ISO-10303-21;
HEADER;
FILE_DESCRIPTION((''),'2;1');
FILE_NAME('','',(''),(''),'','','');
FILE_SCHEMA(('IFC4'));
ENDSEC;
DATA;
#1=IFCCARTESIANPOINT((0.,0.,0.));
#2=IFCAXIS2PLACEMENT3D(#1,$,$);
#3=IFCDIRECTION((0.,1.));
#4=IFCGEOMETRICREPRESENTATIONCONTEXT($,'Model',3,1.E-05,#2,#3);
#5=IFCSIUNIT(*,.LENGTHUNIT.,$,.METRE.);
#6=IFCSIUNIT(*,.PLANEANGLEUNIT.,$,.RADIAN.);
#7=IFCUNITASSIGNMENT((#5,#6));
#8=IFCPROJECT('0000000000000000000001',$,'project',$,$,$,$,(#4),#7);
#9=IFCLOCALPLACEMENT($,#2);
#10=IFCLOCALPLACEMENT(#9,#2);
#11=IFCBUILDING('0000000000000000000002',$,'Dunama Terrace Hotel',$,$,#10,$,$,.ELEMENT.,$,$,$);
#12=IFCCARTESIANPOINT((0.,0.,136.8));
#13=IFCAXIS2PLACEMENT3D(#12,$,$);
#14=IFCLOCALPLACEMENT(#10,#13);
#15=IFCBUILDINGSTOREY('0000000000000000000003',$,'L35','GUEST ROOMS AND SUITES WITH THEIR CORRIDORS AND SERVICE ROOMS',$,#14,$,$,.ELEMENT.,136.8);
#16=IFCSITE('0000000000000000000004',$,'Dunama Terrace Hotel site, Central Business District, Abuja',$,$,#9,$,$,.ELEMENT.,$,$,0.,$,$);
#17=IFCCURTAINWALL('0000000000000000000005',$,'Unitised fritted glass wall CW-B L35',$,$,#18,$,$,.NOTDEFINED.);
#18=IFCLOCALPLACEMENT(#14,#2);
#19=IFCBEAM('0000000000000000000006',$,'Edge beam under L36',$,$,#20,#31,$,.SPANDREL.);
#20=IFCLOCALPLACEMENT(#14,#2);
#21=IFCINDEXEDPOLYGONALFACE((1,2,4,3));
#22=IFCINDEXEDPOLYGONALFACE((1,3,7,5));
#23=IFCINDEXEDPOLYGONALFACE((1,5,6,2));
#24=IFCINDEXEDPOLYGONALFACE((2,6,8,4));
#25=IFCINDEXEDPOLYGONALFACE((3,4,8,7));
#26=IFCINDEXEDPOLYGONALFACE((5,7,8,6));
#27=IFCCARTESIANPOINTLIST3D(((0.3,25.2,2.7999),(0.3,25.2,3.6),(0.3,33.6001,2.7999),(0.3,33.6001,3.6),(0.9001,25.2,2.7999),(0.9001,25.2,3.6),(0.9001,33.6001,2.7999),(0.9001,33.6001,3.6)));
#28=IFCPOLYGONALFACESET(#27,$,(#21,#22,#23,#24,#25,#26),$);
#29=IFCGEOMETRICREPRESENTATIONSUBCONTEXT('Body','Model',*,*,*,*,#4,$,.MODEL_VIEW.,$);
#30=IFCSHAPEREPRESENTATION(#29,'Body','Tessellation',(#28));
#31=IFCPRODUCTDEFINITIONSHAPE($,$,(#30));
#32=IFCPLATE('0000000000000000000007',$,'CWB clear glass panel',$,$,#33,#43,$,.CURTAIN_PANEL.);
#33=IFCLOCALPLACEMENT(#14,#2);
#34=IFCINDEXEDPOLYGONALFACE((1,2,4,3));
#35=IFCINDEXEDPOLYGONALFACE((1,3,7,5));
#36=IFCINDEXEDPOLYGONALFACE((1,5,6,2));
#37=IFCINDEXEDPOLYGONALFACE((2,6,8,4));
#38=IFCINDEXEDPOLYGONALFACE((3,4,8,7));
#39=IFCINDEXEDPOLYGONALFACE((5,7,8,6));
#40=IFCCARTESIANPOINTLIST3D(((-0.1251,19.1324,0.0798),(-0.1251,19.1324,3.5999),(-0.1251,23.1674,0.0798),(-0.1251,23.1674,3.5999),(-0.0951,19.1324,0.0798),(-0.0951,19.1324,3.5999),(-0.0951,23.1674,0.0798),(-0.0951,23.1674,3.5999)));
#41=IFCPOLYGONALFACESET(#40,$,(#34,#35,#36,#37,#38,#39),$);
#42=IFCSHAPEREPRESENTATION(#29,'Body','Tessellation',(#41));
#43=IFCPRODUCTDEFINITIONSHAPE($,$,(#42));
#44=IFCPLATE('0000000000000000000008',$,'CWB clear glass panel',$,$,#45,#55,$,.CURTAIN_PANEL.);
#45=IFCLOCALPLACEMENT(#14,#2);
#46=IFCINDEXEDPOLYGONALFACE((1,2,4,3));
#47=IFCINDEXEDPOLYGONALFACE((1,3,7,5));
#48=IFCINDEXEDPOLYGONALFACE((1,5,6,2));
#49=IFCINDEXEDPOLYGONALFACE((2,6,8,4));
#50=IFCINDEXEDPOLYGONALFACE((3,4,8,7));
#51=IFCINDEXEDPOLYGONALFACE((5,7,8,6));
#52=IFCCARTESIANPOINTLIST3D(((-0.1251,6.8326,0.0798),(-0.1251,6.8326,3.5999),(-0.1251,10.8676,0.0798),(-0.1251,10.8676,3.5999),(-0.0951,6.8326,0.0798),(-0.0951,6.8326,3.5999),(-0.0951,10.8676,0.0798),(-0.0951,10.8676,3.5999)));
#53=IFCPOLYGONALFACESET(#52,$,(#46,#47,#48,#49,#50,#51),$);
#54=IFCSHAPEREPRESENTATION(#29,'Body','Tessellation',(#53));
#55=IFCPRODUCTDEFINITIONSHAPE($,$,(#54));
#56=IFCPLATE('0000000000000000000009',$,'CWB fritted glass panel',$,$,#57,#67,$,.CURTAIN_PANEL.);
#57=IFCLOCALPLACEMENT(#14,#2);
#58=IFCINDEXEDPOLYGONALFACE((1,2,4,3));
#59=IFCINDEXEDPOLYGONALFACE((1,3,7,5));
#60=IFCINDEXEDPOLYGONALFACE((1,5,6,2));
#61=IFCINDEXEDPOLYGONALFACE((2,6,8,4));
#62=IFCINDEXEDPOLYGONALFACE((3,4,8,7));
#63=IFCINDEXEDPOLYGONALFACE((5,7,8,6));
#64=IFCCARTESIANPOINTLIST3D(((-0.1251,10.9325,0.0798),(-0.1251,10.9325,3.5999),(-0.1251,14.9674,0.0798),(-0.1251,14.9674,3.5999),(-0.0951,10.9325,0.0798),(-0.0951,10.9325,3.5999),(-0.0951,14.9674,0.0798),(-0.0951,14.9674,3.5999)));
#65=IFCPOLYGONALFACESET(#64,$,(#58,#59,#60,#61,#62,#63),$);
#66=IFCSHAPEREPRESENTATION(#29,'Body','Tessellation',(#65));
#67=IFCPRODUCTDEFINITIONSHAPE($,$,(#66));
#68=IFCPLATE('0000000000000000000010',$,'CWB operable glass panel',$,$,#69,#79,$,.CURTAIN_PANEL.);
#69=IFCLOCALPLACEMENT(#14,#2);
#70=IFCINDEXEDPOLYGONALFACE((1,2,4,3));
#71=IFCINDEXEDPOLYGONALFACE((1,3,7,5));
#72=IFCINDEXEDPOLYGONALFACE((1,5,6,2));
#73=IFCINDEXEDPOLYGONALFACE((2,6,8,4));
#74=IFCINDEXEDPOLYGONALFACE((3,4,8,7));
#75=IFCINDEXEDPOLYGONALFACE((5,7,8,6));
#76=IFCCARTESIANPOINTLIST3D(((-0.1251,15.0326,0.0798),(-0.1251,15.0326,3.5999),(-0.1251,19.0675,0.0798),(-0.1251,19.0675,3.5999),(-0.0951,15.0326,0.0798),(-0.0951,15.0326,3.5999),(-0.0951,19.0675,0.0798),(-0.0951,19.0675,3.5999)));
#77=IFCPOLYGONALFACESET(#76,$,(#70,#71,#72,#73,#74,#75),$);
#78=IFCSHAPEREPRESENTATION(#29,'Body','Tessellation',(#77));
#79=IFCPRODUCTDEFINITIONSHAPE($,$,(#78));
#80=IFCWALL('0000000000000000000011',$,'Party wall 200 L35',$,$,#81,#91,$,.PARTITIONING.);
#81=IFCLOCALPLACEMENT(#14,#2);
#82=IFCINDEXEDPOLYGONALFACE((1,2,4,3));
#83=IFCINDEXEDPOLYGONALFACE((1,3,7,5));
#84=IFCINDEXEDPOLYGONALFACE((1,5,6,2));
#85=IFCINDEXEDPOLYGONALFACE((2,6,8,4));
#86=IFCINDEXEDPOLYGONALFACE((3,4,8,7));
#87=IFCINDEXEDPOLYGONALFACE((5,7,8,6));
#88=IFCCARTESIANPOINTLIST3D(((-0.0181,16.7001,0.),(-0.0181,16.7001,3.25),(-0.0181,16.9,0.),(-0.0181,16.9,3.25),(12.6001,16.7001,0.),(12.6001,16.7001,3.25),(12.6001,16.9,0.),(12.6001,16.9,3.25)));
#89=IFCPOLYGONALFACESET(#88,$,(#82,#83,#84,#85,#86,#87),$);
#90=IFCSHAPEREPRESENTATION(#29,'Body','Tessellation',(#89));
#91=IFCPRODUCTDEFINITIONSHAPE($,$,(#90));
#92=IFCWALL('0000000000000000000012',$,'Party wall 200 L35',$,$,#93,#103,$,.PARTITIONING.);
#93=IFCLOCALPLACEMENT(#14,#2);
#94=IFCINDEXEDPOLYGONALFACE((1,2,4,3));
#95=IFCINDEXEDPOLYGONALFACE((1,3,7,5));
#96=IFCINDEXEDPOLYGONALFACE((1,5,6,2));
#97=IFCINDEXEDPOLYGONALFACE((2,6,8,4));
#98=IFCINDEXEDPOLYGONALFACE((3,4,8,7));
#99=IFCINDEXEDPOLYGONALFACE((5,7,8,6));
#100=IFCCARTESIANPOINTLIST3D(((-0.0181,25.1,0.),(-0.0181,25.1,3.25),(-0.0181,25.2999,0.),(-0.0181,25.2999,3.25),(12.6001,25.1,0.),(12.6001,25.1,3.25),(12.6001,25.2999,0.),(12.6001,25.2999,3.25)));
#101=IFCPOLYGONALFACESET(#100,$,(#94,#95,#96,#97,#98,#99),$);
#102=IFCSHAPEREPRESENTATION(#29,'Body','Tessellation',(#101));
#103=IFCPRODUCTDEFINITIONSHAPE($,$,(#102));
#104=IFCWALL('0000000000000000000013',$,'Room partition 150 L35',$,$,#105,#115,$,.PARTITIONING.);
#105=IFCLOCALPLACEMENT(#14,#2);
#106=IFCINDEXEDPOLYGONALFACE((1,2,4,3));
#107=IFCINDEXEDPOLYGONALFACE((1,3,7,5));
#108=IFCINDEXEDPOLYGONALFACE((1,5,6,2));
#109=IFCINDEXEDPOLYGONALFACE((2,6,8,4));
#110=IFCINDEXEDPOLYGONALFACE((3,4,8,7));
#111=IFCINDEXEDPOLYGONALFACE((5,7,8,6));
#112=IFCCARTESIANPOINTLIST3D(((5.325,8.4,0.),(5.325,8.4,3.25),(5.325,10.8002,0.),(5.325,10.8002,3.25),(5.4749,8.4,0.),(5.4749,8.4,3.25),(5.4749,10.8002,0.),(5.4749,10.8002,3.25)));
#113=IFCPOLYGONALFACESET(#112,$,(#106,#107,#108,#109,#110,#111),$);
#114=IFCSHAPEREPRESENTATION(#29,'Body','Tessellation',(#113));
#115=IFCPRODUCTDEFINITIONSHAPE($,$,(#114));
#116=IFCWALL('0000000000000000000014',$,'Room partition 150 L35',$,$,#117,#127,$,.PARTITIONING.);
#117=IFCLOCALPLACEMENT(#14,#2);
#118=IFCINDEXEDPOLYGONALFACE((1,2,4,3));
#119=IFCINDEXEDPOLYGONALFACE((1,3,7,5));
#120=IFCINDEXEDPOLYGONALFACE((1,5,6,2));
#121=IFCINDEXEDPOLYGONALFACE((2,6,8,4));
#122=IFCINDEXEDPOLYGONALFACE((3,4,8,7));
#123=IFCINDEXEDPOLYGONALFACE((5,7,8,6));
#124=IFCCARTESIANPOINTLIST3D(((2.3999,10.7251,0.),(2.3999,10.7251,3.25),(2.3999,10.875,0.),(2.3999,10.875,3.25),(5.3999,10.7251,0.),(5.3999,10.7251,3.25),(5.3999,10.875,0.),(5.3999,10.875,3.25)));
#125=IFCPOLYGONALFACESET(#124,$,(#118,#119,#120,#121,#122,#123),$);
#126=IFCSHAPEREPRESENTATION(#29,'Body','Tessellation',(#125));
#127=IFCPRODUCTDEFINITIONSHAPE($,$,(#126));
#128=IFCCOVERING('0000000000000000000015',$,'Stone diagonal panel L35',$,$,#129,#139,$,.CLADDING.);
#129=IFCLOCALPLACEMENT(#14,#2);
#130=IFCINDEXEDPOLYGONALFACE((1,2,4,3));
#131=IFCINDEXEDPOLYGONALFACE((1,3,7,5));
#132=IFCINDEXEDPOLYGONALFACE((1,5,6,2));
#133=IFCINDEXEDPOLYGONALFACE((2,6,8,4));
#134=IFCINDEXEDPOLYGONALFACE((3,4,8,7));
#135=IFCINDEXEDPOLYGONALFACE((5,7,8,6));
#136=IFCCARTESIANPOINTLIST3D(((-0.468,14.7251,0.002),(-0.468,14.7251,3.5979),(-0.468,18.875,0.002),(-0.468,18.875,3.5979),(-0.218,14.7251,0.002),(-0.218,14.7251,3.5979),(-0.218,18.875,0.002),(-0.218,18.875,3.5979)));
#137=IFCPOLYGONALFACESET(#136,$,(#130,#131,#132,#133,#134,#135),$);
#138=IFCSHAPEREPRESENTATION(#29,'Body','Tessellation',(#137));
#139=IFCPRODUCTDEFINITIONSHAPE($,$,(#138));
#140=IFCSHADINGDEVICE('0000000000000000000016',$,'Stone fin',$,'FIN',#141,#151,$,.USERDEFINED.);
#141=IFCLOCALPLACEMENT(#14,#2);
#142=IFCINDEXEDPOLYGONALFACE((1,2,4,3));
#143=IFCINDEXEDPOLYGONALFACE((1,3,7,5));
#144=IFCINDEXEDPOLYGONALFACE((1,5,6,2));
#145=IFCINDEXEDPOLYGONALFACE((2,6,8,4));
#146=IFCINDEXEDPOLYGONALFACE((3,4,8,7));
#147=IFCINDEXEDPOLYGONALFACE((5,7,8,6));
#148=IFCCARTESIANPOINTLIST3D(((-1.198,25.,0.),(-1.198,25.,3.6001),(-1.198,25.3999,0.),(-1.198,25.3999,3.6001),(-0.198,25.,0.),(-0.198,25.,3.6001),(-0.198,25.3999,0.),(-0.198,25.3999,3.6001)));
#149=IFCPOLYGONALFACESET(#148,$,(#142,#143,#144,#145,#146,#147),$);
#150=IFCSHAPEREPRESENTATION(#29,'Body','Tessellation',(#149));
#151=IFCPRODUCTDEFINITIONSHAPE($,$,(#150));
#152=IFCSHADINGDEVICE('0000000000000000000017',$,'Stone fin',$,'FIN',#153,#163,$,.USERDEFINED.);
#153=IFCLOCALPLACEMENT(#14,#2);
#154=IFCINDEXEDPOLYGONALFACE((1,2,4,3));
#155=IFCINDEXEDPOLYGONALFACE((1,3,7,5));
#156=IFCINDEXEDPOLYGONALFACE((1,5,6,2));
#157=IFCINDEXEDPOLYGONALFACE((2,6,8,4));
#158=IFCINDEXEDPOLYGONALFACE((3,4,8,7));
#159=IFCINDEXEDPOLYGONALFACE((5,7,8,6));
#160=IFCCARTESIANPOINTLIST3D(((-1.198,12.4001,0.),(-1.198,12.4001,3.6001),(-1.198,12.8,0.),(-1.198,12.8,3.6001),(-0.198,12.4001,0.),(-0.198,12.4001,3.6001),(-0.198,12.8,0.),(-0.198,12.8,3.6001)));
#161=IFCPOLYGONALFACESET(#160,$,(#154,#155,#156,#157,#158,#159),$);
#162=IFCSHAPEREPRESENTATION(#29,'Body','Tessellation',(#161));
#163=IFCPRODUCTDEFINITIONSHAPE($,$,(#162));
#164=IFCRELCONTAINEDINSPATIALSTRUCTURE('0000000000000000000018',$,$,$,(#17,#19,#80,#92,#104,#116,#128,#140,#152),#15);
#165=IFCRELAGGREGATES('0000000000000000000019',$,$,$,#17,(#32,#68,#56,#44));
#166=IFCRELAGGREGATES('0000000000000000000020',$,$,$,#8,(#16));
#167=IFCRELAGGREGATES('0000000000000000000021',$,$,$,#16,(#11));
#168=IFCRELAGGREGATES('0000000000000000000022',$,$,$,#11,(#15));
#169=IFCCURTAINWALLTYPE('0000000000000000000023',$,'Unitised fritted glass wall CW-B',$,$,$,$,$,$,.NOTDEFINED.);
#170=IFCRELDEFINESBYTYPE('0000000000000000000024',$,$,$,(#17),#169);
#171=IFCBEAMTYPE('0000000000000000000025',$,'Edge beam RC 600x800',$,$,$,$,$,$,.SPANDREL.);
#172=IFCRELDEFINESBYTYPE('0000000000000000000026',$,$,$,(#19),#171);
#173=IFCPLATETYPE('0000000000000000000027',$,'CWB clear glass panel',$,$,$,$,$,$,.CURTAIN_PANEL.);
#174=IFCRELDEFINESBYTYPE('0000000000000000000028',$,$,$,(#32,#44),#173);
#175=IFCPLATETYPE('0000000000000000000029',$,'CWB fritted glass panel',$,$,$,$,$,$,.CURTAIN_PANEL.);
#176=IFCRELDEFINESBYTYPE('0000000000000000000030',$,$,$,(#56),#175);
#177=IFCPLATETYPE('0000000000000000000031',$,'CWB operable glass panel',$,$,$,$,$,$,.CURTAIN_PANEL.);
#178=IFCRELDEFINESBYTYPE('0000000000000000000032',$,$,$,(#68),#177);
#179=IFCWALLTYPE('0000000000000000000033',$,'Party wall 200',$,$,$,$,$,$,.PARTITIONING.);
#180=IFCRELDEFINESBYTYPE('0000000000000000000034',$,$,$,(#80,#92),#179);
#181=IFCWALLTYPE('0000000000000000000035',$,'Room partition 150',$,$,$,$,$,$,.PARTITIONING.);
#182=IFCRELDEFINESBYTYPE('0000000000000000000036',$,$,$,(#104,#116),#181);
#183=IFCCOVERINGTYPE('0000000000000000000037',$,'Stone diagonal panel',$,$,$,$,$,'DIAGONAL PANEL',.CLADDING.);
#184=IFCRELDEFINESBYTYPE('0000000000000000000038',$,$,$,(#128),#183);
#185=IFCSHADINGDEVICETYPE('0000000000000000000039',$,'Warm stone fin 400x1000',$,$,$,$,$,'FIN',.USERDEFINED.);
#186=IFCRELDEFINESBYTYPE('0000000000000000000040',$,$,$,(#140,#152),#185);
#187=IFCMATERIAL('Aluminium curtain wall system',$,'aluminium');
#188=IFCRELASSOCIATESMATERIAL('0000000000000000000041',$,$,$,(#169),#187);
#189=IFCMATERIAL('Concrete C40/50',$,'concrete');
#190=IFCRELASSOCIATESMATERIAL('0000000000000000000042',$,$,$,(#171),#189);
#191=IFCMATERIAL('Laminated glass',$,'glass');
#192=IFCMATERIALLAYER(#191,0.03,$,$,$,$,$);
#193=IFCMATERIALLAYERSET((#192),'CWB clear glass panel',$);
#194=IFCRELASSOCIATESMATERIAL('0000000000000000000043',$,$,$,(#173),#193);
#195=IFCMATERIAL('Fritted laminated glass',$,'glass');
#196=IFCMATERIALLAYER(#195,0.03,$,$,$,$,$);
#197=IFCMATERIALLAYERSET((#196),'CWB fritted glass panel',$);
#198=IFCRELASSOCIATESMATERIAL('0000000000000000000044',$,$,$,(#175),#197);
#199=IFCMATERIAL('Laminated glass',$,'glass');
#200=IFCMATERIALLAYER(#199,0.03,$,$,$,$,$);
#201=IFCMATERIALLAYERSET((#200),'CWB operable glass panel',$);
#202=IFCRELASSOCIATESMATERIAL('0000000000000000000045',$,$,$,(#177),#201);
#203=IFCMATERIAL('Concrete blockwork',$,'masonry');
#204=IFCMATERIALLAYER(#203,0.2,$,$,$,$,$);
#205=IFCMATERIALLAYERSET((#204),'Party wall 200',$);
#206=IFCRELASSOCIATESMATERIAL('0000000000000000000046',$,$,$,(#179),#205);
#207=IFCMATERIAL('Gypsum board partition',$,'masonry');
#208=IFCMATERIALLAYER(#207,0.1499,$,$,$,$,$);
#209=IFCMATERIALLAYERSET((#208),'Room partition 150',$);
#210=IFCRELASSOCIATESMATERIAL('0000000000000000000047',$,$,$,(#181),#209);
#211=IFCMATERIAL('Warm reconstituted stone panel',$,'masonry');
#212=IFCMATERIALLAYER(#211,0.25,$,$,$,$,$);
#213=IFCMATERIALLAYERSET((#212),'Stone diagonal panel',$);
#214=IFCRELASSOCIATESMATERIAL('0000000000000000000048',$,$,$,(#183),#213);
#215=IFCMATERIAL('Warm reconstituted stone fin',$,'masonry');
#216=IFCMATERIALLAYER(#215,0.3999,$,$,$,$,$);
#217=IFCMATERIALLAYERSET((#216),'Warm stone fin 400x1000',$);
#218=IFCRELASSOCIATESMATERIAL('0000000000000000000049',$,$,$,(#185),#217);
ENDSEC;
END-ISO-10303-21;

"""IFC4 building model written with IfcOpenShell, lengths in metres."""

from ifc_helpers import new_model, si_unit, direction, frame, frame_2d, origin, origin_2d, place, context, subcontext, project, spatial, rectangle, extrude, material, layer, layer_set, material_profile, profile_set, type_object, element, aggregate, save


model = new_model("IFC4")

# Units and contexts
model_context = context("Model", 3, precision=1e-05, world=origin(), true_north=direction((0.0, 1.0)))
body_context = subcontext(model_context, "Body", "Model", "MODEL_VIEW")
ifc_project = project(units=[si_unit("LENGTHUNIT", "METRE"), si_unit("PLANEANGLEUNIT", "RADIAN")], contexts=[model_context])

# Site, building, storey
site_placement = place(None, origin())
site = spatial("IfcSite", under=ifc_project, at=site_placement, Name="Dunama Terrace Hotel site, Central Business District, Abuja", CompositionType="ELEMENT", RefElevation=0.0)
building_placement = place(site_placement, origin())
building = spatial("IfcBuilding", under=site, at=building_placement, Name="Dunama Terrace Hotel", CompositionType="ELEMENT")
storey_placement = place(building_placement, frame((0.0, 0.0, 136.8)))
storey = spatial("IfcBuildingStorey", under=building, at=storey_placement, Name="L35", Description="GUEST ROOMS AND SUITES WITH THEIR CORRIDORS AND SERVICE ROOMS", CompositionType="ELEMENT", Elevation=136.8)

# Curtain wall
ifc_material_1 = material(Name="Aluminium curtain wall system", Category="aluminium")
curtain_wall_type = type_object("IfcCurtainWallType", Name="Unitised fritted glass wall CW-B", PredefinedType="NOTDEFINED", material=ifc_material_1)
curtain_wall_placement = place(storey_placement, origin())
curtain_wall = element("IfcCurtainWall", 1, at=curtain_wall_placement, inside=storey, type_object=curtain_wall_type, Name="Unitised fritted glass wall CW-B L35", PredefinedType="NOTDEFINED")

# Beam
ifc_material_2 = material(Name="Concrete C40/50", Category="concrete")
ifc_material_profile_1 = material_profile(ifc_material_2, rectangle(XDim=0.6001, YDim=0.8, at=origin_2d()), Name="RC 600x800")
ifc_profile_set_1 = profile_set([ifc_material_profile_1], Name="Concrete C40/50")
beam_type = type_object("IfcBeamType", Name="Edge beam RC 600x800", PredefinedType="SPANDREL", material=ifc_profile_set_1)
beam_1_placement = place(storey_placement, frame((0.6001, 25.2, 3.2), z_axis=(0.0, 1.0, 0.0), x_axis=(-1.0, 0.0, 0.0)))
element("IfcBeam", 2, at=beam_1_placement, inside=storey, type_object=beam_type, Name="Edge beam under L36", PredefinedType="SPANDREL", context=body_context, shape_type="SweptSolid", body=[
    extrude(rectangle(XDim=0.6001, YDim=0.8, at=origin_2d()), origin(), (0.0, 0.0, 1.0), 8.4001),
])

# Plates
ifc_material_3 = material(Name="Laminated glass", Category="glass")
ifc_layer_1 = layer(ifc_material_3, 0.03)
ifc_layer_set_1 = layer_set([ifc_layer_1], Name="CWB clear glass panel")
plate_type_1 = type_object("IfcPlateType", Name="CWB clear glass panel", PredefinedType="CURTAIN_PANEL", material=ifc_layer_set_1)
plate_1_placement = place(storey_placement, frame((-0.1101, 21.1499, 0.0798), z_axis=(0.0, 0.0, 1.0), x_axis=(0.0, -1.0, 0.0)))
plate_1 = element("IfcPlate", 3, at=plate_1_placement, type_object=plate_type_1, Name="CWB clear glass panel", PredefinedType="CURTAIN_PANEL", context=body_context, shape_type="SweptSolid", body=[
    extrude(rectangle(XDim=4.0349, YDim=0.03, at=origin_2d()), origin(), (0.0, 0.0, 1.0), 3.52),
])
plate_2_placement = place(storey_placement, frame((-0.1101, 8.8501, 0.0798), z_axis=(0.0, 0.0, 1.0), x_axis=(0.0, -1.0, 0.0)))
plate_2 = element("IfcPlate", 4, at=plate_2_placement, type_object=plate_type_1, Name="CWB clear glass panel", PredefinedType="CURTAIN_PANEL", context=body_context, shape_type="SweptSolid", body=[
    extrude(rectangle(XDim=4.0349, YDim=0.03, at=origin_2d()), origin(), (0.0, 0.0, 1.0), 3.52),
])
ifc_material_4 = material(Name="Fritted laminated glass", Category="glass")
ifc_layer_2 = layer(ifc_material_4, 0.03)
ifc_layer_set_2 = layer_set([ifc_layer_2], Name="CWB fritted glass panel")
plate_type_2 = type_object("IfcPlateType", Name="CWB fritted glass panel", PredefinedType="CURTAIN_PANEL", material=ifc_layer_set_2)
plate_3_placement = place(storey_placement, frame((-0.1101, 12.95, 0.0798), z_axis=(0.0, 0.0, 1.0), x_axis=(0.0, -1.0, 0.0)))
plate_3 = element("IfcPlate", 5, at=plate_3_placement, type_object=plate_type_2, Name="CWB fritted glass panel", PredefinedType="CURTAIN_PANEL", context=body_context, shape_type="SweptSolid", body=[
    extrude(rectangle(XDim=4.0349, YDim=0.03, at=origin_2d()), origin(), (0.0, 0.0, 1.0), 3.52),
])
ifc_material_5 = material(Name="Laminated glass", Category="glass")
ifc_layer_3 = layer(ifc_material_5, 0.03)
ifc_layer_set_3 = layer_set([ifc_layer_3], Name="CWB operable glass panel")
plate_type_3 = type_object("IfcPlateType", Name="CWB operable glass panel", PredefinedType="CURTAIN_PANEL", material=ifc_layer_set_3)
plate_4_placement = place(storey_placement, frame((-0.1101, 17.05, 0.0798), z_axis=(0.0, 0.0, 1.0), x_axis=(0.0, -1.0, 0.0)))
plate_4 = element("IfcPlate", 6, at=plate_4_placement, type_object=plate_type_3, Name="CWB operable glass panel", PredefinedType="CURTAIN_PANEL", context=body_context, shape_type="SweptSolid", body=[
    extrude(rectangle(XDim=4.0349, YDim=0.03, at=origin_2d()), origin(), (0.0, 0.0, 1.0), 3.52),
])
aggregate(curtain_wall, [plate_1, plate_4, plate_3, plate_2])

# Walls
ifc_material_6 = material(Name="Concrete blockwork", Category="masonry")
ifc_layer_4 = layer(ifc_material_6, 0.2)
ifc_layer_set_4 = layer_set([ifc_layer_4], Name="Party wall 200")
wall_type_1 = type_object("IfcWallType", Name="Party wall 200", PredefinedType="PARTITIONING", material=ifc_layer_set_4)
for number, where, z_axis, x_axis, name in (
    (7, (-0.0181, 16.8, 0.0), (0.0, 0.0, 1.0), (1.0, 0.0, 0.0), "Party wall 200 L35"),
    (8, (-0.0181, 25.2, 0.0), (0.0, 0.0, 1.0), (1.0, 0.0, 0.0), "Party wall 200 L35"),
):
    element("IfcWall", number, at=place(storey_placement, frame(where, z_axis=z_axis, x_axis=x_axis)), inside=storey, type_object=wall_type_1, Name=name, PredefinedType="PARTITIONING", context=body_context, shape_type="SweptSolid", body=[
        extrude(rectangle(XDim=12.6182, YDim=0.2, at=frame_2d((6.3091, 0.0))), origin(), (0.0, 0.0, 1.0), 3.25),
    ])
ifc_material_7 = material(Name="Gypsum board partition", Category="masonry")
ifc_layer_5 = layer(ifc_material_7, 0.1499)
ifc_layer_set_5 = layer_set([ifc_layer_5], Name="Room partition 150")
wall_type_2 = type_object("IfcWallType", Name="Room partition 150", PredefinedType="PARTITIONING", material=ifc_layer_set_5)
wall_1_placement = place(storey_placement, frame((5.3999, 8.3999, 0.0), z_axis=(0.0, 0.0, 1.0), x_axis=(0.0, 1.0, 0.0)))
element("IfcWall", 9, at=wall_1_placement, inside=storey, type_object=wall_type_2, Name="Room partition 150 L35", PredefinedType="PARTITIONING", context=body_context, shape_type="SweptSolid", body=[
    extrude(rectangle(XDim=2.4001, YDim=0.1499, at=frame_2d((1.2002, 0.0))), origin(), (0.0, 0.0, 1.0), 3.25),
])
wall_2_placement = place(storey_placement, frame((2.3999, 10.8, 0.0), z_axis=(0.0, 0.0, 1.0), x_axis=(1.0, 0.0, 0.0)))
element("IfcWall", 10, at=wall_2_placement, inside=storey, type_object=wall_type_2, Name="Room partition 150 L35", PredefinedType="PARTITIONING", context=body_context, shape_type="SweptSolid", body=[
    extrude(rectangle(XDim=3.0, YDim=0.1499, at=frame_2d((1.5, 0.0))), origin(), (0.0, 0.0, 1.0), 3.25),
])

# Covering
ifc_material_8 = material(Name="Warm reconstituted stone panel", Category="masonry")
ifc_layer_6 = layer(ifc_material_8, 0.25)
ifc_layer_set_6 = layer_set([ifc_layer_6], Name="Stone diagonal panel")
covering_type = type_object("IfcCoveringType", Name="Stone diagonal panel", ElementType="DIAGONAL PANEL", PredefinedType="CLADDING", material=ifc_layer_set_6)
covering_placement = place(storey_placement, frame((-0.343, 16.8, 0.002), z_axis=(0.0, 0.0, 1.0), x_axis=(0.0, -1.0, 0.0)))
element("IfcCovering", 11, at=covering_placement, inside=storey, type_object=covering_type, Name="Stone diagonal panel L35", PredefinedType="CLADDING", context=body_context, shape_type="SweptSolid", body=[
    extrude(rectangle(XDim=4.1499, YDim=0.25, at=origin_2d()), origin(), (0.0, 0.0, 1.0), 3.5959),
])

# Shading devices
ifc_material_9 = material(Name="Warm reconstituted stone fin", Category="masonry")
ifc_layer_7 = layer(ifc_material_9, 0.3999)
ifc_layer_set_7 = layer_set([ifc_layer_7], Name="Warm stone fin 400x1000")
shading_device_type = type_object("IfcShadingDeviceType", Name="Warm stone fin 400x1000", ElementType="FIN", PredefinedType="USERDEFINED", material=ifc_layer_set_7)
for number, where, z_axis, x_axis, name in (
    (12, (-0.698, 25.2, 0.0), (0.0, 0.0, 1.0), (0.0, -1.0, 0.0), "Stone fin"),
    (13, (-0.698, 12.6001, 0.0), (0.0, 0.0, 1.0), (0.0, -1.0, 0.0), "Stone fin"),
):
    element("IfcShadingDevice", number, at=place(storey_placement, frame(where, z_axis=z_axis, x_axis=x_axis)), inside=storey, type_object=shading_device_type, Name=name, ObjectType="FIN", PredefinedType="USERDEFINED", context=body_context, shape_type="SweptSolid", body=[
        extrude(rectangle(XDim=0.3999, YDim=1.0, at=origin_2d()), origin(), (0.0, 0.0, 1.0), 3.6001),
    ])

save(model, "model.ifc")
